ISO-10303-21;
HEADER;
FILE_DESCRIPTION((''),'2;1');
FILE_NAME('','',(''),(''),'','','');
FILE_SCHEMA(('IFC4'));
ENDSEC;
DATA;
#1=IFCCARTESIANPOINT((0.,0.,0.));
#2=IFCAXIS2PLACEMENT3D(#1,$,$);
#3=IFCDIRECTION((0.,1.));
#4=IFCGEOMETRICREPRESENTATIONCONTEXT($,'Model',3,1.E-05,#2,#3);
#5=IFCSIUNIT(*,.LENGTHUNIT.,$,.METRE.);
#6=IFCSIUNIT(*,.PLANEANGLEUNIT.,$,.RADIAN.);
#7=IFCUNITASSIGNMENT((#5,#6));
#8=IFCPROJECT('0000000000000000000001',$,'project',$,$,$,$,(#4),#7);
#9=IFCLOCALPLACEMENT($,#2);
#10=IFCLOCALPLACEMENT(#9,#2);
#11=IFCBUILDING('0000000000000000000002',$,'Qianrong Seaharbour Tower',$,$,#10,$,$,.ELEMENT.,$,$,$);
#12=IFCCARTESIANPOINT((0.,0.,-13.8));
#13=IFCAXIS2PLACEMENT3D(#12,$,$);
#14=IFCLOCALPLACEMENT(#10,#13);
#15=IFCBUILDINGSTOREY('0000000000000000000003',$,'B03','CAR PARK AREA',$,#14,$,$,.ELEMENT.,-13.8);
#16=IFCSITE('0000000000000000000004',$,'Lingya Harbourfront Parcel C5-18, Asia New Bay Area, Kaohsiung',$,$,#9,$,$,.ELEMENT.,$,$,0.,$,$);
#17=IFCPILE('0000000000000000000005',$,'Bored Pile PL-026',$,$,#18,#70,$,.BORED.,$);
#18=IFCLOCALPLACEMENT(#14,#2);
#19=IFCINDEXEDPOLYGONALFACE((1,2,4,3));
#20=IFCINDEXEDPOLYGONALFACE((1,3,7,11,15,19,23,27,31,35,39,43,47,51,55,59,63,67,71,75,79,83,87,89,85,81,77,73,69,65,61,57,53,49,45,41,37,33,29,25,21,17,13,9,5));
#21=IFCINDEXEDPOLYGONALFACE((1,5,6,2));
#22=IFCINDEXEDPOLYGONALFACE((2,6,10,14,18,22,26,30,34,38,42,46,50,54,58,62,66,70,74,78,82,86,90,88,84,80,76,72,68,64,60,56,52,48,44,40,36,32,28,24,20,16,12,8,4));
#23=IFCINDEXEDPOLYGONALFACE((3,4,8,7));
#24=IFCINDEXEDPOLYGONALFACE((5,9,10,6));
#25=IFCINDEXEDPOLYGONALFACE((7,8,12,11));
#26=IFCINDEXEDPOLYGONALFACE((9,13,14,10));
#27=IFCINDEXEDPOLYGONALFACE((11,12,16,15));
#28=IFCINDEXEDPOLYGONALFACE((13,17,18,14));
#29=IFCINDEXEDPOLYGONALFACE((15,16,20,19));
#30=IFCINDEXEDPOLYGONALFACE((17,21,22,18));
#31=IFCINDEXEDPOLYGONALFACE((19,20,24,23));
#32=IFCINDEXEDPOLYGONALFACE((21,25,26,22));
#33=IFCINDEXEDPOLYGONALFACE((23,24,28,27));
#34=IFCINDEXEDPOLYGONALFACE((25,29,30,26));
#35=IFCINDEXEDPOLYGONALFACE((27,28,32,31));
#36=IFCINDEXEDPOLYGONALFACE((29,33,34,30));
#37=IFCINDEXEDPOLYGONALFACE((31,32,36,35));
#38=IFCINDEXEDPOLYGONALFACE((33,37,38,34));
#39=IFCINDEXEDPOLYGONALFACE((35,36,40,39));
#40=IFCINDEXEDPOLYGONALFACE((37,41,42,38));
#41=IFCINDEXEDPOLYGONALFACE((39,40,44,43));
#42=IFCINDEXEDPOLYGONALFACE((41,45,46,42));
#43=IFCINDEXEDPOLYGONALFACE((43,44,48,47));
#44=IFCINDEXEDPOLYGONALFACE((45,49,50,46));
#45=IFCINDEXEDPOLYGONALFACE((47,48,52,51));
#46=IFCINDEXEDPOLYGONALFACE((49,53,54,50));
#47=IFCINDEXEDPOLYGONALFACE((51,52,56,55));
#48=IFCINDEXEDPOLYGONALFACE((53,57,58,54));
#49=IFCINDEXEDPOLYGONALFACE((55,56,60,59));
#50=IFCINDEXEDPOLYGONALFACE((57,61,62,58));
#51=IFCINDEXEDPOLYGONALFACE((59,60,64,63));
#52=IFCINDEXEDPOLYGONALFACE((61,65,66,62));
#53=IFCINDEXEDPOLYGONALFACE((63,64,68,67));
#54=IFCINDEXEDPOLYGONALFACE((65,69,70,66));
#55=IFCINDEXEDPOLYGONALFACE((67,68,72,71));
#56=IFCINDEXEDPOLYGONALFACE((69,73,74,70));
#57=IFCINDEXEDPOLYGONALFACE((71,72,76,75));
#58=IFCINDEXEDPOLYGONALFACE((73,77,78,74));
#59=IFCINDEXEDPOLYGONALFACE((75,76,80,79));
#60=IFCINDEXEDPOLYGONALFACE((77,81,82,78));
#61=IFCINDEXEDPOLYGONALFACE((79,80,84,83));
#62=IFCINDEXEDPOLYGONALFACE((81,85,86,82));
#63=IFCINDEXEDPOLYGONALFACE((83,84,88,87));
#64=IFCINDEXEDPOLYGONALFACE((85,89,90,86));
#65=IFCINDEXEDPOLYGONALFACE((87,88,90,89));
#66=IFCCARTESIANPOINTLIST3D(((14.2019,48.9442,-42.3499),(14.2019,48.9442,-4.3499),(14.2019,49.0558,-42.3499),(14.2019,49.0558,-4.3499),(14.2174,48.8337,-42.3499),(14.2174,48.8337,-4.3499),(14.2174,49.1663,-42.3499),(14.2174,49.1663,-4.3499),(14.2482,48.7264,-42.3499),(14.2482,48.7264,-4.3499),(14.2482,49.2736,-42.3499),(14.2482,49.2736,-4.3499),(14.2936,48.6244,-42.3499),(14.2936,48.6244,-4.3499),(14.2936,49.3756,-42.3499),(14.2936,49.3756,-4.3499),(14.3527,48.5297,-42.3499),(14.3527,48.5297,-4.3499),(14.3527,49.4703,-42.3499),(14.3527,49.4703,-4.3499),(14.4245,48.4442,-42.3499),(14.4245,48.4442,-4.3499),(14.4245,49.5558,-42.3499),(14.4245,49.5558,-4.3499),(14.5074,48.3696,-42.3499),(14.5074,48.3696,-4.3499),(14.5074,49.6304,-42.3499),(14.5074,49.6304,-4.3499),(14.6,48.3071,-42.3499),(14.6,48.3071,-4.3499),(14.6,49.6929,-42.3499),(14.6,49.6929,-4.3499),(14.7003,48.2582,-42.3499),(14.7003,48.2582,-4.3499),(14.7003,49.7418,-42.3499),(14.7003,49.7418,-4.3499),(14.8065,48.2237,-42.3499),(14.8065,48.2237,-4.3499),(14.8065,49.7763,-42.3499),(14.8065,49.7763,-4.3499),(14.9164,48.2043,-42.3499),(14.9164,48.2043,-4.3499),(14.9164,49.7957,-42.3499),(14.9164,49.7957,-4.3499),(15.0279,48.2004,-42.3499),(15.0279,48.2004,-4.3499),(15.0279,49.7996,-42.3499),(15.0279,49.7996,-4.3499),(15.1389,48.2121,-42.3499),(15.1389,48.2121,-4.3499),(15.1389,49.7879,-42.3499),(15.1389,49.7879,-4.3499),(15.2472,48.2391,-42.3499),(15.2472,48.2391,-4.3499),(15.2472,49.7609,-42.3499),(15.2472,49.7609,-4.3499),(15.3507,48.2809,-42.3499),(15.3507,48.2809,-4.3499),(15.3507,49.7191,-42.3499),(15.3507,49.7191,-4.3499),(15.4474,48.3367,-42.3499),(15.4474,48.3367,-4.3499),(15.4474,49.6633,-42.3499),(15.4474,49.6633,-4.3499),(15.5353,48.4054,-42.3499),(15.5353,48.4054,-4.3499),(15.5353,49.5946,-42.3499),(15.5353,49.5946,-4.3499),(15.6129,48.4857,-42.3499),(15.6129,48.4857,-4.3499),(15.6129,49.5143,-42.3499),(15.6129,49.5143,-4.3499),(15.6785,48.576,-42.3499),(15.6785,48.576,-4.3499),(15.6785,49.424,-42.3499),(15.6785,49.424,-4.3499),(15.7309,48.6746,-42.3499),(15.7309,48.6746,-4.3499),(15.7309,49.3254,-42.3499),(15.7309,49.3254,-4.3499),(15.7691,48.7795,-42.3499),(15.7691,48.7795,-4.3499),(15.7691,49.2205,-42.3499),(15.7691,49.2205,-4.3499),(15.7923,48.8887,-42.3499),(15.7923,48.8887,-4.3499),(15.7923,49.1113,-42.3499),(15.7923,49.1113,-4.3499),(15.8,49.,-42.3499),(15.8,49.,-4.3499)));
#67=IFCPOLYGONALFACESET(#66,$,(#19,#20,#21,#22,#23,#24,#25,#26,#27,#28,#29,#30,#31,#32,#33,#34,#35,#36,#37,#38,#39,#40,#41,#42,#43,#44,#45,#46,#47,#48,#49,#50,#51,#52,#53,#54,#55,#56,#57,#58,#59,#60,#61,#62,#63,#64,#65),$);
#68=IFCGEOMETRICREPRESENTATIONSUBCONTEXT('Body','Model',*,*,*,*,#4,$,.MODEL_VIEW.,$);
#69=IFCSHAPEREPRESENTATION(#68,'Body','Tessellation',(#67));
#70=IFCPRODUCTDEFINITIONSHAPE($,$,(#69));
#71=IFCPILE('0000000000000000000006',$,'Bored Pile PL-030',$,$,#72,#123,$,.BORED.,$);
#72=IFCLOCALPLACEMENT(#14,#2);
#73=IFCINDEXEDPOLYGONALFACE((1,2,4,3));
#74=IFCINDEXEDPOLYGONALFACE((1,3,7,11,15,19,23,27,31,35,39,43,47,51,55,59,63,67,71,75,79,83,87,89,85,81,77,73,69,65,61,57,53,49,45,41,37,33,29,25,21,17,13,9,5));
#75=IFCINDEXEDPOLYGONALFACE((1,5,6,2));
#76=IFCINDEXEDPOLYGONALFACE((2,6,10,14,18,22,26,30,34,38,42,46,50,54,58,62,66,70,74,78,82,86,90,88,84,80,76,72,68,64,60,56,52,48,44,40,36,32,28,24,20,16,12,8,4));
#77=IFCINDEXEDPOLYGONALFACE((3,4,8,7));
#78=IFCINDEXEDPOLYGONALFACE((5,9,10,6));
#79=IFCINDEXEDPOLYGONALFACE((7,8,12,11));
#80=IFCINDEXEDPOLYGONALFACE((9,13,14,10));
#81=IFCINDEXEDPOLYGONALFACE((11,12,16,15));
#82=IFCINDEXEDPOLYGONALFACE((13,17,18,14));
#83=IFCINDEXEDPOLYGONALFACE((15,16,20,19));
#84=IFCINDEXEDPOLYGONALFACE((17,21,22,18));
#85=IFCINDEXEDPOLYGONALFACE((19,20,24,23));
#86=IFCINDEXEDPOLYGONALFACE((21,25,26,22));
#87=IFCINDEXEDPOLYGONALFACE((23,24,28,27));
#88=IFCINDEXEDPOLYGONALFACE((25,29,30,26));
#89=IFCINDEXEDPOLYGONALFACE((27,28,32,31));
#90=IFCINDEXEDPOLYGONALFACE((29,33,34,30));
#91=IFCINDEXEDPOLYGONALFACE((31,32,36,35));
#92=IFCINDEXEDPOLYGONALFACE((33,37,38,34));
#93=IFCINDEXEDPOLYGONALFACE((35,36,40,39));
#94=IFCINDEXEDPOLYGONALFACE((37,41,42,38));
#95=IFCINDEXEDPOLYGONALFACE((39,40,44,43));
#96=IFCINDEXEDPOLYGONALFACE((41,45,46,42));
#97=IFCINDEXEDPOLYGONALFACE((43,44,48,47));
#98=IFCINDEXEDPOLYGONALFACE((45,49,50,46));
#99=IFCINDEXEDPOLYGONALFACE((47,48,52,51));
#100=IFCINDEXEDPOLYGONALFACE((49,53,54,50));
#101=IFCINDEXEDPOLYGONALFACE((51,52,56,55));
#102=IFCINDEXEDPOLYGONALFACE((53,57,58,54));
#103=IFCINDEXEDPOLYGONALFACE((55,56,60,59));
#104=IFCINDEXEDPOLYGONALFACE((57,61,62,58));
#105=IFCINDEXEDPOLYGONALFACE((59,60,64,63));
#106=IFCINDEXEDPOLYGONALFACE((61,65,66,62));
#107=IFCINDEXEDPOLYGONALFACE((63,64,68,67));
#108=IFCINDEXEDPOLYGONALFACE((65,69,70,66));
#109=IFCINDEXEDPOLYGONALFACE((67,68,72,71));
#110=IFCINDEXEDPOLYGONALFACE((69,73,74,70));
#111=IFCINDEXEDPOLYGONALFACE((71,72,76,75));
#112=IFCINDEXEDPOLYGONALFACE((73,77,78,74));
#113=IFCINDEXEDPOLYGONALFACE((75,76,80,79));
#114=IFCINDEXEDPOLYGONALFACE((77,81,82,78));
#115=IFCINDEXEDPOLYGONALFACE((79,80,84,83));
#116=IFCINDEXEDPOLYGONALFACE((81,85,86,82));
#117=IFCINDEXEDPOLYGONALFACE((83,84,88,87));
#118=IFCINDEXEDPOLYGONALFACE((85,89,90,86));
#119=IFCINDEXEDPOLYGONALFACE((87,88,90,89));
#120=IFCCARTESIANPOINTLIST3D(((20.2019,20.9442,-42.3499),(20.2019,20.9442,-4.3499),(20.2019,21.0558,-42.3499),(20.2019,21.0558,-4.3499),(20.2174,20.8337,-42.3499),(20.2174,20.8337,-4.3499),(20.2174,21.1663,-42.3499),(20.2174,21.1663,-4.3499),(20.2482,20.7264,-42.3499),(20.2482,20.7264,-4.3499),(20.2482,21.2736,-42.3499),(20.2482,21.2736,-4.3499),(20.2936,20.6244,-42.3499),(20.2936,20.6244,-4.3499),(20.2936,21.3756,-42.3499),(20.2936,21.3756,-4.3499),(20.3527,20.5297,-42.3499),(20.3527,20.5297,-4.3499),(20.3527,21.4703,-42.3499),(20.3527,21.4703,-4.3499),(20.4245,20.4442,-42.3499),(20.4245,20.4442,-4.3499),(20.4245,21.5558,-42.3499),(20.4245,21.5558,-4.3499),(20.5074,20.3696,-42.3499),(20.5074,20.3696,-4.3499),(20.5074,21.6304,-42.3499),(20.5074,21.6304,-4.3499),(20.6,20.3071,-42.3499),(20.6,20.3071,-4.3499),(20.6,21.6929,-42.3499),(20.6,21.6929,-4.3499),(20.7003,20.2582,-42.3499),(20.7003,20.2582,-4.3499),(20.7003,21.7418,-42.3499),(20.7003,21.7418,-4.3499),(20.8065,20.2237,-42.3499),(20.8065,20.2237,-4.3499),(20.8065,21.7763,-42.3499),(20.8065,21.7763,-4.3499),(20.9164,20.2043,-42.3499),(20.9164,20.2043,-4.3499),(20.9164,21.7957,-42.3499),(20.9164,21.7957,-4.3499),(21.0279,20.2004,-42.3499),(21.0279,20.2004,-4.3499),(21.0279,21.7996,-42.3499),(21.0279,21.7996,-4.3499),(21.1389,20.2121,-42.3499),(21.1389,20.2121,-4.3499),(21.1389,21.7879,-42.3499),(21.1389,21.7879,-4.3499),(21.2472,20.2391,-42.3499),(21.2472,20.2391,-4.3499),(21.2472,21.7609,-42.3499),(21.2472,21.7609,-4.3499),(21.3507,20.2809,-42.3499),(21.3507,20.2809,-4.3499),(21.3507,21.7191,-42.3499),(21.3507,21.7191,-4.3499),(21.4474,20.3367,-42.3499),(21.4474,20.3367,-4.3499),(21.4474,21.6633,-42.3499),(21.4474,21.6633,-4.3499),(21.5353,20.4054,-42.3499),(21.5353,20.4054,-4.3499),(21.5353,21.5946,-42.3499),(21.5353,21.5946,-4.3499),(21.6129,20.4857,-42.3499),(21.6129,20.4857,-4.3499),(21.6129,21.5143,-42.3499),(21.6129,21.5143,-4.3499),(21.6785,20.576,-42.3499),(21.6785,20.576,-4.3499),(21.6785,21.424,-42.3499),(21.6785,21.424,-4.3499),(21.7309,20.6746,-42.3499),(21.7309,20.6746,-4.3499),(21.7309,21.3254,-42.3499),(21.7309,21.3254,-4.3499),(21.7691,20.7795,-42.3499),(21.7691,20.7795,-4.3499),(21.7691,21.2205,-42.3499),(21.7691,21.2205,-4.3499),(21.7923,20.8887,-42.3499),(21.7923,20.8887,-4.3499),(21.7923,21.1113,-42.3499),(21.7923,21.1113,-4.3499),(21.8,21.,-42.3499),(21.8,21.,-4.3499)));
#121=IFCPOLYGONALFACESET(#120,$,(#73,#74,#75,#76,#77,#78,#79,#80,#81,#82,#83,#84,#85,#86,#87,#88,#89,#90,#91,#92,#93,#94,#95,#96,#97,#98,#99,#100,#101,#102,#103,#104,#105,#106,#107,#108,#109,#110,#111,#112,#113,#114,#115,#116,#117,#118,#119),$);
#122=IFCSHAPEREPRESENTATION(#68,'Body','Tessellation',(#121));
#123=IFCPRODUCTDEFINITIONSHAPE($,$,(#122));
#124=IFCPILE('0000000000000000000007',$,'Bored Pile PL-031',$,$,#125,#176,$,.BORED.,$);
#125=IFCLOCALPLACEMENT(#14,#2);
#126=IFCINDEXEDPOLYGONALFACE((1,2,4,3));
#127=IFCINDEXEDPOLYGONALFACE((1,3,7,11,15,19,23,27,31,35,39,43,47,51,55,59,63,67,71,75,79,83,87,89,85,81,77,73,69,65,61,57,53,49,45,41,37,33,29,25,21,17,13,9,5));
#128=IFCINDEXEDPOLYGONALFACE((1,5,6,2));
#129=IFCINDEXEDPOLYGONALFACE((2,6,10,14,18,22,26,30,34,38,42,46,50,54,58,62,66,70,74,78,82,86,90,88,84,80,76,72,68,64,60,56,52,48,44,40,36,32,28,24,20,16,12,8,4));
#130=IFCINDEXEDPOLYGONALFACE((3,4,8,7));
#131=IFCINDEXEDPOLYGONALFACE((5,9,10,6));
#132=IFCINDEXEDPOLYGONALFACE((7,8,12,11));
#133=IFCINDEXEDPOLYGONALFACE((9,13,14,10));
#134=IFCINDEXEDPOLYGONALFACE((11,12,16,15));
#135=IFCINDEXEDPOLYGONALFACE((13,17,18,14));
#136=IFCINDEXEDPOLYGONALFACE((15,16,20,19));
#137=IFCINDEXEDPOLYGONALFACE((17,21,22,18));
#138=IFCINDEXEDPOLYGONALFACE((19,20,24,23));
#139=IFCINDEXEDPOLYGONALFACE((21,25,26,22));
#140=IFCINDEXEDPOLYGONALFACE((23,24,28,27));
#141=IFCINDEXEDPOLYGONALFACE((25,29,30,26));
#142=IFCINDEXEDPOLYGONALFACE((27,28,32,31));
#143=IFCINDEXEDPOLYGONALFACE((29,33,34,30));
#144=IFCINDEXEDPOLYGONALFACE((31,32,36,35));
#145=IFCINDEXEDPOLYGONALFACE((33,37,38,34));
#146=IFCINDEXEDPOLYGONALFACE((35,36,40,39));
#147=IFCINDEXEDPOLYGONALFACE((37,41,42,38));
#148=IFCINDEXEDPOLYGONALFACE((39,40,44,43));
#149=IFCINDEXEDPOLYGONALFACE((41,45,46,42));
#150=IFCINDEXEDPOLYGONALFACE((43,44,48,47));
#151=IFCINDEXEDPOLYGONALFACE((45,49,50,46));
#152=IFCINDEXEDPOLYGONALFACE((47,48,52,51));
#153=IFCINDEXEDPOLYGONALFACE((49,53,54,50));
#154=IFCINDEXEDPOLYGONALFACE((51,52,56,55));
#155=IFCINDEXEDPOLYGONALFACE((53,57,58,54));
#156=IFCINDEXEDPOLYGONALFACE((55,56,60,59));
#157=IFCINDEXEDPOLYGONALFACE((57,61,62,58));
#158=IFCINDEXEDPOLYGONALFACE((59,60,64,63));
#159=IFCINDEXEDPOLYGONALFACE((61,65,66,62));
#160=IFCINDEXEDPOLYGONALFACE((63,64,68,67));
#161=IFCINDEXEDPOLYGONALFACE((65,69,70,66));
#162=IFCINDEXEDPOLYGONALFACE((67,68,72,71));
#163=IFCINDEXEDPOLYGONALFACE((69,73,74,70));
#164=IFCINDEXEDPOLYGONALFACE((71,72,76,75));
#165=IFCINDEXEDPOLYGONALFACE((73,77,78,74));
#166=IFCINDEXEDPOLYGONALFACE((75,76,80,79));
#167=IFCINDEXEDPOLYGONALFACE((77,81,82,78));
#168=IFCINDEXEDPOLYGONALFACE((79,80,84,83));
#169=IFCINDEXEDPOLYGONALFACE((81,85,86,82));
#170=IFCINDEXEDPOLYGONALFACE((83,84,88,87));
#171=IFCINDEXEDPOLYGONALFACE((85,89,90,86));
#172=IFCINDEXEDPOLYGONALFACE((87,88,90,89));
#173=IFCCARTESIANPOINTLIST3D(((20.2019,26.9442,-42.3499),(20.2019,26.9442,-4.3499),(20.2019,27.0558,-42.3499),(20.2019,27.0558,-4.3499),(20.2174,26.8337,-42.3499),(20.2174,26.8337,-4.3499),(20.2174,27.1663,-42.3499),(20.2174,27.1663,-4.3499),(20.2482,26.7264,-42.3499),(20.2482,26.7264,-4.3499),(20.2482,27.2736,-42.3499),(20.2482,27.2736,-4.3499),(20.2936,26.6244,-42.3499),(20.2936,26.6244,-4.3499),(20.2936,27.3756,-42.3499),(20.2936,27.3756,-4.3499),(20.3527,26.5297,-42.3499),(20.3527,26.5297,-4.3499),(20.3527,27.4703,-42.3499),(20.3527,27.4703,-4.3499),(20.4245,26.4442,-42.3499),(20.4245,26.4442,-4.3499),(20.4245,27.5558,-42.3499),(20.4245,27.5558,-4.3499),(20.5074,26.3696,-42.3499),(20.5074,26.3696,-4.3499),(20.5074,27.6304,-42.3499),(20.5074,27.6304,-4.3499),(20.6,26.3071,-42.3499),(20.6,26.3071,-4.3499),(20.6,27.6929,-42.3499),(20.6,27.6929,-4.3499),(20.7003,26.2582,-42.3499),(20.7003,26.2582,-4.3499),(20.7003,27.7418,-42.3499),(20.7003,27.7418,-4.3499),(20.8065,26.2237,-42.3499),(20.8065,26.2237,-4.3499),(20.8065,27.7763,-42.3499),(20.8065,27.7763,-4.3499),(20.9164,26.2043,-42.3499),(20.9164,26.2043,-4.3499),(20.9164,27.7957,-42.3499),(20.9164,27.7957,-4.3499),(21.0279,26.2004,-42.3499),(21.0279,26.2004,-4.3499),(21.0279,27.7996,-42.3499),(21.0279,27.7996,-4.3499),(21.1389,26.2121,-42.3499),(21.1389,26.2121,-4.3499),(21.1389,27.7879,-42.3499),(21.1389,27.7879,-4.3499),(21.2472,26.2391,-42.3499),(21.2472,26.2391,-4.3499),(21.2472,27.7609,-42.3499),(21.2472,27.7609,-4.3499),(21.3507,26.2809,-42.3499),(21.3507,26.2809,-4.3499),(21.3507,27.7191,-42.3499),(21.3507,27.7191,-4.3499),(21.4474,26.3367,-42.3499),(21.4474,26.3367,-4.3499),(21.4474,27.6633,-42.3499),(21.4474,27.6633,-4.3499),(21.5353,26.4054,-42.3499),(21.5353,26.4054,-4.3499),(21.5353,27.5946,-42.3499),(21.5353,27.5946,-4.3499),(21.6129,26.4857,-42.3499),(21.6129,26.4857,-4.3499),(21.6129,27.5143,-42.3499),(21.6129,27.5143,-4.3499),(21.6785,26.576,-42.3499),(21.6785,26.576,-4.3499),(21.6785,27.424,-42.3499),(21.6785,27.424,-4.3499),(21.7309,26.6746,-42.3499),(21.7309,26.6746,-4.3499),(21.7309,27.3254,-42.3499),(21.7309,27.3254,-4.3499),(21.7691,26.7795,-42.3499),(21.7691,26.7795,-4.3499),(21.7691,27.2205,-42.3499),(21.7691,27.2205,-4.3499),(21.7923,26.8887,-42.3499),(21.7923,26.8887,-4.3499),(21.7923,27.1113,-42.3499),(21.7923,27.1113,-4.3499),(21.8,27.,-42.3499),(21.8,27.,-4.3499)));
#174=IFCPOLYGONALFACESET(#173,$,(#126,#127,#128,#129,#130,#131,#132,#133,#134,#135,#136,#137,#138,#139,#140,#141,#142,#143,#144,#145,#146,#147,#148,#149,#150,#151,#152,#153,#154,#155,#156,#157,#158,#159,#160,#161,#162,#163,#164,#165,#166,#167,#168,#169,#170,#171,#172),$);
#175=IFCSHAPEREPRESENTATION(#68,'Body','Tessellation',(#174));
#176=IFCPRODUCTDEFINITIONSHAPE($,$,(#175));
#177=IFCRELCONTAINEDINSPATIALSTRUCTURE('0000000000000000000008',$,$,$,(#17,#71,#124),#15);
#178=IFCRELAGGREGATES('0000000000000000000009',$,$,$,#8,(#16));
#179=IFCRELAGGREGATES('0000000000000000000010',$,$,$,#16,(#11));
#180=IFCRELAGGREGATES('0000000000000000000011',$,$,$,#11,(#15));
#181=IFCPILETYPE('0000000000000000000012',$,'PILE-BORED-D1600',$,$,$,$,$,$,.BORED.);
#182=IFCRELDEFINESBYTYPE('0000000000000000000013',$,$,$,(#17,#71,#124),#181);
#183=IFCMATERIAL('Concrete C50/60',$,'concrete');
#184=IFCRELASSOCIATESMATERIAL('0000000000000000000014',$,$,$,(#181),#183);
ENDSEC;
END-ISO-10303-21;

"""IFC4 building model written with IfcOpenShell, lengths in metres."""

from ifc_helpers import new_model, si_unit, direction, frame, origin, origin_2d, place, context, subcontext, project, spatial, circle, extrude, material, material_profile, profile_set, type_object, element, save


model = new_model("IFC4")

# Units and contexts
model_context = context("Model", 3, precision=1e-05, world=origin(), true_north=direction((0.0, 1.0)))
body_context = subcontext(model_context, "Body", "Model", "MODEL_VIEW")
ifc_project = project(units=[si_unit("LENGTHUNIT", "METRE"), si_unit("PLANEANGLEUNIT", "RADIAN")], contexts=[model_context])

# Site, building, storey
site_placement = place(None, origin())
site = spatial("IfcSite", under=ifc_project, at=site_placement, Name="Lingya Harbourfront Parcel C5-18, Asia New Bay Area, Kaohsiung", CompositionType="ELEMENT", RefElevation=0.0)
building_placement = place(site_placement, origin())
building = spatial("IfcBuilding", under=site, at=building_placement, Name="Qianrong Seaharbour Tower", CompositionType="ELEMENT")
storey_placement = place(building_placement, frame((0.0, 0.0, -13.8)))
storey = spatial("IfcBuildingStorey", under=building, at=storey_placement, Name="B03", Description="CAR PARK AREA", CompositionType="ELEMENT", Elevation=-13.8)

# Piles
ifc_material_1 = material(Name="Concrete C50/60", Category="concrete")
ifc_material_profile_1 = material_profile(ifc_material_1, circle(Radius=0.8, at=origin_2d()), Name="PILE-D1600")
ifc_profile_set_1 = profile_set([ifc_material_profile_1], Name="Concrete C50/60")
pile_type_1 = type_object("IfcPileType", Name="PILE-BORED-D1600", PredefinedType="BORED", material=ifc_profile_set_1)
for number, where, z_axis, x_axis, name in (
    (1, (15.0, 49.0, -4.3499), (0.0, 0.0, -1.0), (1.0, 0.0, 0.0), "Bored Pile PL-026"),
    (2, (21.0, 21.0, -4.3499), (0.0, 0.0, -1.0), (1.0, 0.0, 0.0), "Bored Pile PL-030"),
    (3, (21.0, 27.0, -4.3499), (0.0, 0.0, -1.0), (1.0, 0.0, 0.0), "Bored Pile PL-031"),
):
    element("IfcPile", number, at=place(storey_placement, frame(where, z_axis=z_axis, x_axis=x_axis)), inside=storey, type_object=pile_type_1, Name=name, PredefinedType="BORED", context=body_context, shape_type="SweptSolid", body=[
        extrude(circle(Radius=0.8, at=origin_2d()), origin(), (0.0, 0.0, 1.0), 38.0),
    ])

save(model, "model.ifc")
